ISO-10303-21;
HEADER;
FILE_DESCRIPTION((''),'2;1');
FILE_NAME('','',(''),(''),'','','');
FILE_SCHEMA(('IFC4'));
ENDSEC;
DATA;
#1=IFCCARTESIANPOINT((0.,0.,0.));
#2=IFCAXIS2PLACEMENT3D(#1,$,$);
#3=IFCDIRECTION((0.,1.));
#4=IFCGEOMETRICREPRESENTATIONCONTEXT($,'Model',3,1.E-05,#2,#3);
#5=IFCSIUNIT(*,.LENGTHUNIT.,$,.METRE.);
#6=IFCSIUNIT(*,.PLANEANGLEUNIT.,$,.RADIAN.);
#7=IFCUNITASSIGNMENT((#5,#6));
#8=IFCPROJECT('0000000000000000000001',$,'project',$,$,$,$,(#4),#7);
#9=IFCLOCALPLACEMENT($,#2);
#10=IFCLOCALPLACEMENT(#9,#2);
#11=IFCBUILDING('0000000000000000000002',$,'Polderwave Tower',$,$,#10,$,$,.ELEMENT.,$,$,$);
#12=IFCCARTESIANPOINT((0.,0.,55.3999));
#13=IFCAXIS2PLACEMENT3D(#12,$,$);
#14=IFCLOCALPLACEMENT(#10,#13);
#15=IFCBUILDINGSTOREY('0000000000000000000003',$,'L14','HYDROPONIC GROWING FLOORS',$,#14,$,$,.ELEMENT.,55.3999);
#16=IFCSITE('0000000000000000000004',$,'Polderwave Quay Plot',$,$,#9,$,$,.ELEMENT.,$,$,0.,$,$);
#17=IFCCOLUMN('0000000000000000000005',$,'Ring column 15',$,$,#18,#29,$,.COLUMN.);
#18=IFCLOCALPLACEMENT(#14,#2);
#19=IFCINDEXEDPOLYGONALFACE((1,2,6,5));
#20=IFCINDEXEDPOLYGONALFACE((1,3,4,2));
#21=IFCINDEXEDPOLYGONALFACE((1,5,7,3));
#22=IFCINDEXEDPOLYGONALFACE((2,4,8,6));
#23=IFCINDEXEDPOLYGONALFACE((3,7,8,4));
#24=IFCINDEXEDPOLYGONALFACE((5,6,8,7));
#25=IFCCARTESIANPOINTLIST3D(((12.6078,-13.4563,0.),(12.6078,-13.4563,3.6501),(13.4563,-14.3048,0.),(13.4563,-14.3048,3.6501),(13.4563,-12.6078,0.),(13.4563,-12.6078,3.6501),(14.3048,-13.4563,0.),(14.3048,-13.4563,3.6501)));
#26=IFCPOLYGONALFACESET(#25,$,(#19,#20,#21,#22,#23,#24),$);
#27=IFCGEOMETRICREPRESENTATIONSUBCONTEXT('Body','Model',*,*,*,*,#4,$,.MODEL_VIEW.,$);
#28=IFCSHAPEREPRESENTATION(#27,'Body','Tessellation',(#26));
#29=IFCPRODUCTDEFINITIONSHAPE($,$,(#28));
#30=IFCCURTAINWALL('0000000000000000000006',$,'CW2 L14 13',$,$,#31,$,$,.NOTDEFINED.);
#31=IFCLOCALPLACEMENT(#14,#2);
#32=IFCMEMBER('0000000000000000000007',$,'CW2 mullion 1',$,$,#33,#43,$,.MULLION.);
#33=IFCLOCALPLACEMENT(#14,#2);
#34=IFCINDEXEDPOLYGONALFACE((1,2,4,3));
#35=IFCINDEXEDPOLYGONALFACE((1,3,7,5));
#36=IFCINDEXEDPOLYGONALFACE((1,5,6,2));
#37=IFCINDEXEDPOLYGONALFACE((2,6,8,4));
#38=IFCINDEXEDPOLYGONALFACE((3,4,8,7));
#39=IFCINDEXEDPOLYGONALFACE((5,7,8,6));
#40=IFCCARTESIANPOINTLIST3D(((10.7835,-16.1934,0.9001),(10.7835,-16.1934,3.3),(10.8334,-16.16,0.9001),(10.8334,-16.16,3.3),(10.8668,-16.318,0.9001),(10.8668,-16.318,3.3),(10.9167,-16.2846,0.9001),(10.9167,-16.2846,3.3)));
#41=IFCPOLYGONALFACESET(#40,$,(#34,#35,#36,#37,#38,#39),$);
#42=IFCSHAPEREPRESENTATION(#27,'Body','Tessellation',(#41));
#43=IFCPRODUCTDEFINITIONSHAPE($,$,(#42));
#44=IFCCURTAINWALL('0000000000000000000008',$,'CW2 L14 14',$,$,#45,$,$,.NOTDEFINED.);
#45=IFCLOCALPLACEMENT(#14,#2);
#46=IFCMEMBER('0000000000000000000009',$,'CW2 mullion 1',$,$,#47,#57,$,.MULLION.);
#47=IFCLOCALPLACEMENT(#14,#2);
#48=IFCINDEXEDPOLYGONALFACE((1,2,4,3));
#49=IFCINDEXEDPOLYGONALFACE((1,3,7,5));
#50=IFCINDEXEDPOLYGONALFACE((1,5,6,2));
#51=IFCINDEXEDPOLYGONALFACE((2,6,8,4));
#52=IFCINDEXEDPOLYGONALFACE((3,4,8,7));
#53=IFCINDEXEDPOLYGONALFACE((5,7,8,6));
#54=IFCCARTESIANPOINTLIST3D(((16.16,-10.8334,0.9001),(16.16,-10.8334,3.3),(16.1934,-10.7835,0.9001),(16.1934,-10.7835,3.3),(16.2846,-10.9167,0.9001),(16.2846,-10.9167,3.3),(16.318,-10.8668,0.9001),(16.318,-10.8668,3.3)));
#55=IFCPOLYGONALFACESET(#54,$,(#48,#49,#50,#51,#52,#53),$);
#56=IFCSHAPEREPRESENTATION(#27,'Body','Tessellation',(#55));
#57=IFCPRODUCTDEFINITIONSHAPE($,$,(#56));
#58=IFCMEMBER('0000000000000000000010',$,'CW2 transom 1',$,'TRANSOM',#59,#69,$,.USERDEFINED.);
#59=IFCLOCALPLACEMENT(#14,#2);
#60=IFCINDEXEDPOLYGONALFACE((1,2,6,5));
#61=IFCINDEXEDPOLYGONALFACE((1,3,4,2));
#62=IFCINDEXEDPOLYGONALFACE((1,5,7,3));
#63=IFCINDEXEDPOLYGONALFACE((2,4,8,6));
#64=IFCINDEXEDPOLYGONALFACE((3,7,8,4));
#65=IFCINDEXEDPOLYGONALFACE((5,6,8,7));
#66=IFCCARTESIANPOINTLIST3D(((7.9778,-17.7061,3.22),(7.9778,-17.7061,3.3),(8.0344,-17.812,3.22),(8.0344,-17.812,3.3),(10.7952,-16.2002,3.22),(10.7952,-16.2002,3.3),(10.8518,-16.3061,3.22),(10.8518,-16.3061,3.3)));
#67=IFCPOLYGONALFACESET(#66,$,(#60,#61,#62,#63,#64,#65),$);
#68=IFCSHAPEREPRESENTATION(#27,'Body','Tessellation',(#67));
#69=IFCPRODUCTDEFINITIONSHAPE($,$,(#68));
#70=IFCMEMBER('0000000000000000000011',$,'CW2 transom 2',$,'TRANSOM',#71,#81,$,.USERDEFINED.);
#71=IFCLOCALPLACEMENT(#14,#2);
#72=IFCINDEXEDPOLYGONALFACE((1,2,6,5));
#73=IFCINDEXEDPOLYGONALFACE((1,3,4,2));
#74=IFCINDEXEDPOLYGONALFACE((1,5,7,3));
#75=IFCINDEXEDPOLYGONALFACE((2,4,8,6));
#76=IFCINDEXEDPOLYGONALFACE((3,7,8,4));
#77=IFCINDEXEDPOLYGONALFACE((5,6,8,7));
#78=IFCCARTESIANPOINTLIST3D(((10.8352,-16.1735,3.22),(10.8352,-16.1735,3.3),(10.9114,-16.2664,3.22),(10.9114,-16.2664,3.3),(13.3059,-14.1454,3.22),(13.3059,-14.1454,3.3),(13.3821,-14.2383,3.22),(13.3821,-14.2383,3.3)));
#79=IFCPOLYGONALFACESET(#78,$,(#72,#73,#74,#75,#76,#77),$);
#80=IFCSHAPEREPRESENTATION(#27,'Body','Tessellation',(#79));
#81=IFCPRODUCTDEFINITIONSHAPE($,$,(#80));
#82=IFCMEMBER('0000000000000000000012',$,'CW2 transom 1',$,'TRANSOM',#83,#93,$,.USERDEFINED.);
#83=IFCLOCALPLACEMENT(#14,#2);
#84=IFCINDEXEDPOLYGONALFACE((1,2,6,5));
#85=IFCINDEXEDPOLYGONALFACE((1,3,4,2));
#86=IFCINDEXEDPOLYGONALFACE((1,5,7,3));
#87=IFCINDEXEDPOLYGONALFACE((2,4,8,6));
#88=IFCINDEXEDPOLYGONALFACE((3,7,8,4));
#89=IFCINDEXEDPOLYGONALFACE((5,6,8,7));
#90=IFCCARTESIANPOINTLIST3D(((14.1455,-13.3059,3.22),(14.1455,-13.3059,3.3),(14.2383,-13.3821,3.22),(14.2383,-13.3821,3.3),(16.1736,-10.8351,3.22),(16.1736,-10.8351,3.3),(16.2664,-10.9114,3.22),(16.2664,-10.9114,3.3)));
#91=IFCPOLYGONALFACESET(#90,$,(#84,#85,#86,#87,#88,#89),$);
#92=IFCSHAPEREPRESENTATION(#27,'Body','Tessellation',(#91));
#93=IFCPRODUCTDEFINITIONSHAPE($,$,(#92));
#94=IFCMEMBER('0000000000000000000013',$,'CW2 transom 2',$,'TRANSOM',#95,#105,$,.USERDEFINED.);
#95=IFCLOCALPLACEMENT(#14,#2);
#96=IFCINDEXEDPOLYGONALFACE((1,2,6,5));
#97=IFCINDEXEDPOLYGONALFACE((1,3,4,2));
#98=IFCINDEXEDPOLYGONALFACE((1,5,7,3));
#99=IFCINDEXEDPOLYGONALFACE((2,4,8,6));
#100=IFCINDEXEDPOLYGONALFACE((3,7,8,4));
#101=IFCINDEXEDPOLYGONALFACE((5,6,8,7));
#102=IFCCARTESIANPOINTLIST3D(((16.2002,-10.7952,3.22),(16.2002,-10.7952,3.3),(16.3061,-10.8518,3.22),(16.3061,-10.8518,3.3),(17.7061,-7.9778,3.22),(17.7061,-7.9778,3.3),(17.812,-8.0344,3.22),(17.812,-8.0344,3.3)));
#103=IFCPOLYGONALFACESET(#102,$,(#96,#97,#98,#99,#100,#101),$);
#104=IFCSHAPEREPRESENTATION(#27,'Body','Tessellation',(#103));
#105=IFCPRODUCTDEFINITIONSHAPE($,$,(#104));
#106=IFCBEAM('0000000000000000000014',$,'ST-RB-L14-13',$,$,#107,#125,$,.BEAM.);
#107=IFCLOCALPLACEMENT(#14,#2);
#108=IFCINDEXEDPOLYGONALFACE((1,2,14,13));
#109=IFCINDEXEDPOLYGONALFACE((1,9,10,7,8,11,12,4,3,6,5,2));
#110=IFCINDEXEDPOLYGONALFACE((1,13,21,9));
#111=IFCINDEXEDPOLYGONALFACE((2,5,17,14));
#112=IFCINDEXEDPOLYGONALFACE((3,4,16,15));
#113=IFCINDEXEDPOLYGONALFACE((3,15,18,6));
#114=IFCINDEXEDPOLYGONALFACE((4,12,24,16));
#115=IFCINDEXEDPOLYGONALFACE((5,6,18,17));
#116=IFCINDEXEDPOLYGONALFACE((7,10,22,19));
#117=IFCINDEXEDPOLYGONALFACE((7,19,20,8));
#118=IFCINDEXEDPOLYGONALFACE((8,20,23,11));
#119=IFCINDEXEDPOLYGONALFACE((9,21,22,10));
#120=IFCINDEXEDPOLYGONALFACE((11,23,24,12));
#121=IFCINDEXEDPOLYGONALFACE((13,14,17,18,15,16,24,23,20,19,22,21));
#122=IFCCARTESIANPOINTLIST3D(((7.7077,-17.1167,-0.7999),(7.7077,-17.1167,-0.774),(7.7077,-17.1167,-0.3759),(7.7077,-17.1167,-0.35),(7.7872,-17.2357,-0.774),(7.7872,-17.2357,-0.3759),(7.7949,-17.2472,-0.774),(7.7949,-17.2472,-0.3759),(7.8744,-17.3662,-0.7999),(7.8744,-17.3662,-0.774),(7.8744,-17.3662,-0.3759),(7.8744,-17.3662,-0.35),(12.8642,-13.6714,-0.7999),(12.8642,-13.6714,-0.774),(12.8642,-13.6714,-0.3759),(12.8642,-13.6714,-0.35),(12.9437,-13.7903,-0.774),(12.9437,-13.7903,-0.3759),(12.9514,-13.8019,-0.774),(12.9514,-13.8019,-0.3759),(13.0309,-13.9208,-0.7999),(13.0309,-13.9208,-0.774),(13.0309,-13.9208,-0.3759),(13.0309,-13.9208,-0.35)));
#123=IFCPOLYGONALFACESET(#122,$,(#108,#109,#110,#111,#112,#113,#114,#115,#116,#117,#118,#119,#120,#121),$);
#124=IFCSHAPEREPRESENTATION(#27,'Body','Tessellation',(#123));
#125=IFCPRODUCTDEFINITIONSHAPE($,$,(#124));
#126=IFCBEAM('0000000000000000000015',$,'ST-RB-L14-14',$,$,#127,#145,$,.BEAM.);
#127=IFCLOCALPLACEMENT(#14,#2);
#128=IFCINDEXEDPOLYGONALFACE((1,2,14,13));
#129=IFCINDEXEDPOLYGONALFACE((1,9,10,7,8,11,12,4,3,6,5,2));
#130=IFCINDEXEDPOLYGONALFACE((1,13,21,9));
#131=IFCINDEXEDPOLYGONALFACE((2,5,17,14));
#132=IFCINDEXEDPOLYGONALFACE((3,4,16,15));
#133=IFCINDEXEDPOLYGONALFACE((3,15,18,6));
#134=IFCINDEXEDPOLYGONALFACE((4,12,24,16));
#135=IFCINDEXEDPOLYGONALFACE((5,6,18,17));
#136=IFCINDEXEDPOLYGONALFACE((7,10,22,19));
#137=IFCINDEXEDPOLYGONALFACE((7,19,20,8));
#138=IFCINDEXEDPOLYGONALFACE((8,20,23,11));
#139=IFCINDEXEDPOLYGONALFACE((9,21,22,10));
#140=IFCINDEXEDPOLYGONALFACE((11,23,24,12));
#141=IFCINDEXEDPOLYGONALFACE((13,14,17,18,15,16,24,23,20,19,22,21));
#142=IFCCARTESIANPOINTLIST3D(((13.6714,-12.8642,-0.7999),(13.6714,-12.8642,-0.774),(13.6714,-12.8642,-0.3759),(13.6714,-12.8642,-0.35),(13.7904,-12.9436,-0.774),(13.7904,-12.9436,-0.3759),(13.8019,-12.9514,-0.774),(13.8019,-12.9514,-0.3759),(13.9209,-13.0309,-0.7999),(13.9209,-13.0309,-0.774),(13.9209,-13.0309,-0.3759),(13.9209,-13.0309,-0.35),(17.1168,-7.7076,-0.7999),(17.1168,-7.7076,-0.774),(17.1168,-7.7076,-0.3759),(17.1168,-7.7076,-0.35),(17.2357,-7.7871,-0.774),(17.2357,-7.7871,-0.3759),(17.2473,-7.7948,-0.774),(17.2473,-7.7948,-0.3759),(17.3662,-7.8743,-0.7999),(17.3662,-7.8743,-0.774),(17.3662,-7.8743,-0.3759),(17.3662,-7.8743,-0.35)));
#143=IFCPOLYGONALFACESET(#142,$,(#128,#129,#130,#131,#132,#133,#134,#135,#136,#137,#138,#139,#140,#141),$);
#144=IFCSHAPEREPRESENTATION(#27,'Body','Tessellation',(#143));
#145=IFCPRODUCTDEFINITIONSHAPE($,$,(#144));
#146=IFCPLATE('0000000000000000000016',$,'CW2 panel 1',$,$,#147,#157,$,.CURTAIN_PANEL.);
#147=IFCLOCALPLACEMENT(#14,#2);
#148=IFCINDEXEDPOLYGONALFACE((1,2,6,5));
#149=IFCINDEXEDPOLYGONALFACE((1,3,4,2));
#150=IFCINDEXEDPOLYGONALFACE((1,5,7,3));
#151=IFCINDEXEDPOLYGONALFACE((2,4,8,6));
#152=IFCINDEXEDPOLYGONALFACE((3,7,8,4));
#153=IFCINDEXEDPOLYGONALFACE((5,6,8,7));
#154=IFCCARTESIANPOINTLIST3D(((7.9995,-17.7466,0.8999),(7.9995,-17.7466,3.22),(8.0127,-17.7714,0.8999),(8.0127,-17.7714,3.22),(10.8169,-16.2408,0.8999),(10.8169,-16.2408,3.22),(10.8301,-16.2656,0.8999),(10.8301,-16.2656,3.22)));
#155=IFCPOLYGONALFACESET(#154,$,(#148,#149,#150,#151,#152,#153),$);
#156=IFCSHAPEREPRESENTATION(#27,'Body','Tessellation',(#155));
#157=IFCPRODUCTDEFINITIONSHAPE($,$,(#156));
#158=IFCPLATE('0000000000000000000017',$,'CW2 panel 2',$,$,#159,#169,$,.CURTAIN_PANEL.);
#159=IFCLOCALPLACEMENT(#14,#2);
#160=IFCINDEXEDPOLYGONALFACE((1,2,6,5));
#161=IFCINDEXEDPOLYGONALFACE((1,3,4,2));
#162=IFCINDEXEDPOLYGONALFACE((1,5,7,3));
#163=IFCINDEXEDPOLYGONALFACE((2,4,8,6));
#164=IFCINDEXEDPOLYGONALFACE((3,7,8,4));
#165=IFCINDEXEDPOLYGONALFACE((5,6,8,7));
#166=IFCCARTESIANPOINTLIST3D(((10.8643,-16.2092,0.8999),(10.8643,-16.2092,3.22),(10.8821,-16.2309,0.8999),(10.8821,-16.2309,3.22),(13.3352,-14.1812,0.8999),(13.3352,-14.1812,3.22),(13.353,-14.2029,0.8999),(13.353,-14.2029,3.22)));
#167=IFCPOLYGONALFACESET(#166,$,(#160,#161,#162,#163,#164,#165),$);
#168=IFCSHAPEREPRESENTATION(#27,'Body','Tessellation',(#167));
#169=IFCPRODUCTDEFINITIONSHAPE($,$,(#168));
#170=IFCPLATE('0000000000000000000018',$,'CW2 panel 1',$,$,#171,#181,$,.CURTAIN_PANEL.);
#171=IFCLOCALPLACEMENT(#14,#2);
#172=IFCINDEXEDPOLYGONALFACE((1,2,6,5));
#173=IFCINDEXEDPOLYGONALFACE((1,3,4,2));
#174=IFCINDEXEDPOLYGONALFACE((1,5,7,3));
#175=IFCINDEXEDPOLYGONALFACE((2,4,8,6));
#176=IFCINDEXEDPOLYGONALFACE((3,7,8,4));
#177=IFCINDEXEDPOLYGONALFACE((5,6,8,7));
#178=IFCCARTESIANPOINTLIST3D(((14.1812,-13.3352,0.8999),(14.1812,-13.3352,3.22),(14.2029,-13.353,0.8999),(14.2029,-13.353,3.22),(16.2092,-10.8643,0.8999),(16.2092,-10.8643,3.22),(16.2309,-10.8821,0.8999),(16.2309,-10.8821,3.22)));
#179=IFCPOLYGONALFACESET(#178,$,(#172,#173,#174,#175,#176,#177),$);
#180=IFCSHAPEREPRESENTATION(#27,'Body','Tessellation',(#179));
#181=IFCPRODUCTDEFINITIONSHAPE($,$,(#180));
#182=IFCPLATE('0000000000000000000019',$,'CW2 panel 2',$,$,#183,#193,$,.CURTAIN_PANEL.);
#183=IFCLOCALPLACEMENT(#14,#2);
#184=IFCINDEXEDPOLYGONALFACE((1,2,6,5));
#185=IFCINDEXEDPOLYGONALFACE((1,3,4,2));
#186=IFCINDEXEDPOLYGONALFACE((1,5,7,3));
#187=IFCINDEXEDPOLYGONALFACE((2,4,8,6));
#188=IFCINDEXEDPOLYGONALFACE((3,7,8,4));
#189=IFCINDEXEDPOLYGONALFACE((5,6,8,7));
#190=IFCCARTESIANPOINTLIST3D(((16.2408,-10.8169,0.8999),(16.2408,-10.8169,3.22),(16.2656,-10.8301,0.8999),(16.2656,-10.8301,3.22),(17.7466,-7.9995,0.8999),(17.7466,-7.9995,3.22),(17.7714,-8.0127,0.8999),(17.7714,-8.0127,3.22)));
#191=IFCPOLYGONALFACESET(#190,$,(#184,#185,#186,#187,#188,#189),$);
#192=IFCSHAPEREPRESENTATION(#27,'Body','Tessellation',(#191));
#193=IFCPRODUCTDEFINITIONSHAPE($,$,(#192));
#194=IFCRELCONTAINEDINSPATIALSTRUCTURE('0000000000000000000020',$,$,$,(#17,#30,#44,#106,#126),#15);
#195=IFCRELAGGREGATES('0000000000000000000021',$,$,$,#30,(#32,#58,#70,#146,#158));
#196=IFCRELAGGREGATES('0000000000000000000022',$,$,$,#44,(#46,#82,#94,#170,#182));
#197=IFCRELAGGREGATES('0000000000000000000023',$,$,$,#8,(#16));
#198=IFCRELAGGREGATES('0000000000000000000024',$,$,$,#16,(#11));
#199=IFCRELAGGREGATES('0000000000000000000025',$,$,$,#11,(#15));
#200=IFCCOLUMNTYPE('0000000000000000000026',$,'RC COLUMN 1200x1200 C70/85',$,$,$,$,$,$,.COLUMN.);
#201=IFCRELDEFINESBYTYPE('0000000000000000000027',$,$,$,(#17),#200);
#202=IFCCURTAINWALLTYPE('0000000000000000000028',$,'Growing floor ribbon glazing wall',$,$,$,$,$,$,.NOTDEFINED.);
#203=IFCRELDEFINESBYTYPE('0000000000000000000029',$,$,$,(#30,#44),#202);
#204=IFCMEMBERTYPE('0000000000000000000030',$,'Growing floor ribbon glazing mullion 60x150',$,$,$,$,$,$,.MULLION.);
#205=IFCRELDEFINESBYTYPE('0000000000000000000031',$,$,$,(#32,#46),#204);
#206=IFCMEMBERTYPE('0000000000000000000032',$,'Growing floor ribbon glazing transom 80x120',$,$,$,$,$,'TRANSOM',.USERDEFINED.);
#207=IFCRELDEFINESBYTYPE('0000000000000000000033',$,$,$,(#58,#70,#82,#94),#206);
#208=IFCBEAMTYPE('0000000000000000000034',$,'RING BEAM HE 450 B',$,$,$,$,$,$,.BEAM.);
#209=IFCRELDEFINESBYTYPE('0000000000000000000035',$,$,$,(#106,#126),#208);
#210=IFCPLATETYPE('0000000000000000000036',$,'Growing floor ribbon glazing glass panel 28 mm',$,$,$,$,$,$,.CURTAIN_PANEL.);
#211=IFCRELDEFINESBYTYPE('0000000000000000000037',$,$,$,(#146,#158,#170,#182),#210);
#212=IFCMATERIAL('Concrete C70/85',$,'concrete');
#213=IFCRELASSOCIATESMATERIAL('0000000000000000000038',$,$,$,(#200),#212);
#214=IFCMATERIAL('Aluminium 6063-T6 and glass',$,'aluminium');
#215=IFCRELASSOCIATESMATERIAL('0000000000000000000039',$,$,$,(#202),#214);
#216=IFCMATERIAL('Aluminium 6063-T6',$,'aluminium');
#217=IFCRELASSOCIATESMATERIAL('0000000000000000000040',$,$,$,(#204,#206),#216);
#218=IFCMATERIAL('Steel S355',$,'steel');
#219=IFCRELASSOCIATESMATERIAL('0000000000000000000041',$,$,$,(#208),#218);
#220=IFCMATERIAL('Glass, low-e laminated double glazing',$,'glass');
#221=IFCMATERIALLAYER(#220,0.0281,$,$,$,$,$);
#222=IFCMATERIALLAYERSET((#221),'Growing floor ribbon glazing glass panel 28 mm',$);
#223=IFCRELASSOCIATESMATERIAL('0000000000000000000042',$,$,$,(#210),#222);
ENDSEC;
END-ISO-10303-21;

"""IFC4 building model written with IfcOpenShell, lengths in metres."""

from ifc_helpers import new_model, si_unit, direction, frame, origin, origin_2d, place, context, subcontext, project, spatial, rectangle, i_section, extrude, material, layer, layer_set, material_profile, profile_set, type_object, element, aggregate, save


model = new_model("IFC4")

# Units and contexts
model_context = context("Model", 3, precision=1e-05, world=origin(), true_north=direction((0.0, 1.0)))
body_context = subcontext(model_context, "Body", "Model", "MODEL_VIEW")
ifc_project = project(units=[si_unit("LENGTHUNIT", "METRE"), si_unit("PLANEANGLEUNIT", "RADIAN")], contexts=[model_context])

# Site, building, storey
site_placement = place(None, origin())
site = spatial("IfcSite", under=ifc_project, at=site_placement, Name="Polderwave Quay Plot", CompositionType="ELEMENT", RefElevation=0.0)
building_placement = place(site_placement, origin())
building = spatial("IfcBuilding", under=site, at=building_placement, Name="Polderwave Tower", CompositionType="ELEMENT")
storey_placement = place(building_placement, frame((0.0, 0.0, 55.3999)))
storey = spatial("IfcBuildingStorey", under=building, at=storey_placement, Name="L14", Description="HYDROPONIC GROWING FLOORS", CompositionType="ELEMENT", Elevation=55.3999)

# Column
ifc_material_1 = material(Name="Concrete C70/85", Category="concrete")
ifc_material_profile_1 = material_profile(ifc_material_1, rectangle(XDim=1.2, YDim=1.2, at=origin_2d()), Name="RC 1200x1200")
ifc_profile_set_1 = profile_set([ifc_material_profile_1], Name="Concrete C70/85")
column_type = type_object("IfcColumnType", Name="RC COLUMN 1200x1200 C70/85", PredefinedType="COLUMN", material=ifc_profile_set_1)
column_placement = place(storey_placement, frame((13.4563, -13.4563, 0.0), z_axis=(0.0, 0.0, 1.0), x_axis=(0.707107, -0.707107, 0.0)))
element("IfcColumn", 1, at=column_placement, inside=storey, type_object=column_type, Name="Ring column 15", PredefinedType="COLUMN", context=body_context, shape_type="SweptSolid", body=[
    extrude(rectangle(XDim=1.2, YDim=1.2, at=origin_2d()), origin(), (0.0, 0.0, 1.0), 3.6501),
])

# Curtain walls, members
ifc_material_2 = material(Name="Aluminium 6063-T6 and glass", Category="aluminium")
curtain_wall_type = type_object("IfcCurtainWallType", Name="Growing floor ribbon glazing wall", PredefinedType="NOTDEFINED", material=ifc_material_2)
curtain_wall_1_placement = place(storey_placement, origin())
curtain_wall_1 = element("IfcCurtainWall", 2, at=curtain_wall_1_placement, inside=storey, type_object=curtain_wall_type, Name="CW2 L14 13", PredefinedType="NOTDEFINED")
ifc_material_3 = material(Name="Aluminium 6063-T6", Category="aluminium")
ifc_material_profile_2 = material_profile(ifc_material_3, rectangle(XDim=0.1499, YDim=0.0601, at=origin_2d()), Name="AL 60x150")
ifc_profile_set_2 = profile_set([ifc_material_profile_2], Name="Aluminium 6063-T6")
member_type_1 = type_object("IfcMemberType", Name="Growing floor ribbon glazing mullion 60x150", PredefinedType="MULLION", material=ifc_profile_set_2)
member_1_placement = place(storey_placement, frame((10.8501, -16.239, 0.9001), z_axis=(0.0, 0.0, 1.0), x_axis=(-0.555576, 0.831466, 0.0)))
member_1 = element("IfcMember", 3, at=member_1_placement, type_object=member_type_1, Name="CW2 mullion 1", PredefinedType="MULLION", context=body_context, shape_type="SweptSolid", body=[
    extrude(rectangle(XDim=0.1499, YDim=0.0601, at=origin_2d()), origin(), (0.0, 0.0, 1.0), 2.3999),
])
curtain_wall_2_placement = place(storey_placement, origin())
curtain_wall_2 = element("IfcCurtainWall", 4, at=curtain_wall_2_placement, inside=storey, type_object=curtain_wall_type, Name="CW2 L14 14", PredefinedType="NOTDEFINED")
member_2_placement = place(storey_placement, frame((16.239, -10.8501, 0.9001), z_axis=(0.0, 0.0, 1.0), x_axis=(-0.831466, 0.555576, 0.0)))
member_2 = element("IfcMember", 5, at=member_2_placement, type_object=member_type_1, Name="CW2 mullion 1", PredefinedType="MULLION", context=body_context, shape_type="SweptSolid", body=[
    extrude(rectangle(XDim=0.1499, YDim=0.0601, at=origin_2d()), origin(), (0.0, 0.0, 1.0), 2.3999),
])

# Members
ifc_material_profile_3 = material_profile(ifc_material_3, rectangle(XDim=0.1201, YDim=0.0801, at=origin_2d()), Name="AL 80x120")
ifc_profile_set_3 = profile_set([ifc_material_profile_3], Name="Aluminium 6063-T6")
member_type_2 = type_object("IfcMemberType", Name="Growing floor ribbon glazing transom 80x120", ElementType="TRANSOM", PredefinedType="USERDEFINED", material=ifc_profile_set_3)
member_3_placement = place(storey_placement, frame((8.0061, -17.759, 3.26), z_axis=(0.881929, 0.471381, 0.0), x_axis=(-0.471381, 0.881929, 0.0)))
member_3 = element("IfcMember", 6, at=member_3_placement, type_object=member_type_2, Name="CW2 transom 1", ObjectType="TRANSOM", PredefinedType="USERDEFINED", context=body_context, shape_type="SweptSolid", body=[
    extrude(rectangle(XDim=0.1201, YDim=0.0801, at=origin_2d()), origin(), (0.0, 0.0, 1.0), 3.1946),
])
member_4_placement = place(storey_placement, frame((10.8733, -16.22, 3.26), z_axis=(0.772946, 0.634472, 0.0), x_axis=(-0.634472, 0.772946, 0.0)))
member_4 = element("IfcMember", 7, at=member_4_placement, type_object=member_type_2, Name="CW2 transom 2", ObjectType="TRANSOM", PredefinedType="USERDEFINED", context=body_context, shape_type="SweptSolid", body=[
    extrude(rectangle(XDim=0.1201, YDim=0.0801, at=origin_2d()), origin(), (0.0, 0.0, 1.0), 3.1965),
])
member_5_placement = place(storey_placement, frame((14.1919, -13.344, 3.26), z_axis=(0.634472, 0.772946, 0.0), x_axis=(-0.772946, 0.634472, 0.0)))
member_5 = element("IfcMember", 8, at=member_5_placement, type_object=member_type_2, Name="CW2 transom 1", ObjectType="TRANSOM", PredefinedType="USERDEFINED", context=body_context, shape_type="SweptSolid", body=[
    extrude(rectangle(XDim=0.1201, YDim=0.0801, at=origin_2d()), origin(), (0.0, 0.0, 1.0), 3.1965),
])
member_6_placement = place(storey_placement, frame((16.2532, -10.8235, 3.26), z_axis=(0.471381, 0.881929, 0.0), x_axis=(-0.881929, 0.471381, 0.0)))
member_6 = element("IfcMember", 9, at=member_6_placement, type_object=member_type_2, Name="CW2 transom 2", ObjectType="TRANSOM", PredefinedType="USERDEFINED", context=body_context, shape_type="SweptSolid", body=[
    extrude(rectangle(XDim=0.1201, YDim=0.0801, at=origin_2d()), origin(), (0.0, 0.0, 1.0), 3.1946),
])

# Beams
ifc_material_4 = material(Name="Steel S355", Category="steel")
ifc_material_profile_4 = material_profile(ifc_material_4, i_section(OverallWidth=0.3, OverallDepth=0.45, WebThickness=0.0139, FlangeThickness=0.0259, at=origin_2d()), Name="HE 450 B")
ifc_profile_set_4 = profile_set([ifc_material_profile_4], Name="Steel S355")
beam_type = type_object("IfcBeamType", Name="RING BEAM HE 450 B", PredefinedType="BEAM", material=ifc_profile_set_4)
for number, where, z_axis, x_axis, name in (
    (10, (7.791, -17.2415, -0.575), (0.831481, 0.555554, 0.0), (-0.555554, 0.831481, 0.0), "ST-RB-L14-13"),
    (11, (13.7961, -12.9475, -0.575), (0.555554, 0.831481, 0.0), (-0.831481, 0.555554, 0.0), "ST-RB-L14-14"),
):
    element("IfcBeam", number, at=place(storey_placement, frame(where, z_axis=z_axis, x_axis=x_axis)), inside=storey, type_object=beam_type, Name=name, PredefinedType="BEAM", context=body_context, shape_type="SweptSolid", body=[
        extrude(i_section(OverallWidth=0.3, OverallDepth=0.45, WebThickness=0.0139, FlangeThickness=0.0259, at=origin_2d()), origin(), (0.0, 0.0, 1.0), 6.2017),
    ])

# Plates
ifc_material_5 = material(Name="Glass, low-e laminated double glazing", Category="glass")
ifc_layer_1 = layer(ifc_material_5, 0.0281)
ifc_layer_set_1 = layer_set([ifc_layer_1], Name="Growing floor ribbon glazing glass panel 28 mm")
plate_type = type_object("IfcPlateType", Name="Growing floor ribbon glazing glass panel 28 mm", PredefinedType="CURTAIN_PANEL", material=ifc_layer_set_1)
plate_1_placement = place(storey_placement, frame((9.4148, -17.0061, 0.8999), z_axis=(0.0, 0.0, 1.0), x_axis=(0.88194, 0.471361, 0.0)))
plate_1 = element("IfcPlate", 12, at=plate_1_placement, type_object=plate_type, Name="CW2 panel 1", PredefinedType="CURTAIN_PANEL", context=body_context, shape_type="SweptSolid", body=[
    extrude(rectangle(XDim=3.1946, YDim=0.0281, at=origin_2d()), origin(), (0.0, 0.0, 1.0), 2.3201),
])
plate_2_placement = place(storey_placement, frame((12.1086, -15.2061, 0.8999), z_axis=(0.0, 0.0, 1.0), x_axis=(0.772976, 0.634435, 0.0)))
plate_2 = element("IfcPlate", 13, at=plate_2_placement, type_object=plate_type, Name="CW2 panel 2", PredefinedType="CURTAIN_PANEL", context=body_context, shape_type="SweptSolid", body=[
    extrude(rectangle(XDim=3.1965, YDim=0.0281, at=origin_2d()), origin(), (0.0, 0.0, 1.0), 2.3201),
])
aggregate(curtain_wall_1, [member_1, member_3, member_4, plate_1, plate_2])
plate_3_placement = place(storey_placement, frame((15.2061, -12.1086, 0.8999), z_axis=(0.0, 0.0, 1.0), x_axis=(0.634435, 0.772976, 0.0)))
plate_3 = element("IfcPlate", 14, at=plate_3_placement, type_object=plate_type, Name="CW2 panel 1", PredefinedType="CURTAIN_PANEL", context=body_context, shape_type="SweptSolid", body=[
    extrude(rectangle(XDim=3.1965, YDim=0.0281, at=origin_2d()), origin(), (0.0, 0.0, 1.0), 2.3201),
])
plate_4_placement = place(storey_placement, frame((17.0061, -9.4148, 0.8999), z_axis=(0.0, 0.0, 1.0), x_axis=(0.471361, 0.88194, 0.0)))
plate_4 = element("IfcPlate", 15, at=plate_4_placement, type_object=plate_type, Name="CW2 panel 2", PredefinedType="CURTAIN_PANEL", context=body_context, shape_type="SweptSolid", body=[
    extrude(rectangle(XDim=3.1946, YDim=0.0281, at=origin_2d()), origin(), (0.0, 0.0, 1.0), 2.3201),
])
aggregate(curtain_wall_2, [member_2, member_5, member_6, plate_3, plate_4])

save(model, "model.ifc")
